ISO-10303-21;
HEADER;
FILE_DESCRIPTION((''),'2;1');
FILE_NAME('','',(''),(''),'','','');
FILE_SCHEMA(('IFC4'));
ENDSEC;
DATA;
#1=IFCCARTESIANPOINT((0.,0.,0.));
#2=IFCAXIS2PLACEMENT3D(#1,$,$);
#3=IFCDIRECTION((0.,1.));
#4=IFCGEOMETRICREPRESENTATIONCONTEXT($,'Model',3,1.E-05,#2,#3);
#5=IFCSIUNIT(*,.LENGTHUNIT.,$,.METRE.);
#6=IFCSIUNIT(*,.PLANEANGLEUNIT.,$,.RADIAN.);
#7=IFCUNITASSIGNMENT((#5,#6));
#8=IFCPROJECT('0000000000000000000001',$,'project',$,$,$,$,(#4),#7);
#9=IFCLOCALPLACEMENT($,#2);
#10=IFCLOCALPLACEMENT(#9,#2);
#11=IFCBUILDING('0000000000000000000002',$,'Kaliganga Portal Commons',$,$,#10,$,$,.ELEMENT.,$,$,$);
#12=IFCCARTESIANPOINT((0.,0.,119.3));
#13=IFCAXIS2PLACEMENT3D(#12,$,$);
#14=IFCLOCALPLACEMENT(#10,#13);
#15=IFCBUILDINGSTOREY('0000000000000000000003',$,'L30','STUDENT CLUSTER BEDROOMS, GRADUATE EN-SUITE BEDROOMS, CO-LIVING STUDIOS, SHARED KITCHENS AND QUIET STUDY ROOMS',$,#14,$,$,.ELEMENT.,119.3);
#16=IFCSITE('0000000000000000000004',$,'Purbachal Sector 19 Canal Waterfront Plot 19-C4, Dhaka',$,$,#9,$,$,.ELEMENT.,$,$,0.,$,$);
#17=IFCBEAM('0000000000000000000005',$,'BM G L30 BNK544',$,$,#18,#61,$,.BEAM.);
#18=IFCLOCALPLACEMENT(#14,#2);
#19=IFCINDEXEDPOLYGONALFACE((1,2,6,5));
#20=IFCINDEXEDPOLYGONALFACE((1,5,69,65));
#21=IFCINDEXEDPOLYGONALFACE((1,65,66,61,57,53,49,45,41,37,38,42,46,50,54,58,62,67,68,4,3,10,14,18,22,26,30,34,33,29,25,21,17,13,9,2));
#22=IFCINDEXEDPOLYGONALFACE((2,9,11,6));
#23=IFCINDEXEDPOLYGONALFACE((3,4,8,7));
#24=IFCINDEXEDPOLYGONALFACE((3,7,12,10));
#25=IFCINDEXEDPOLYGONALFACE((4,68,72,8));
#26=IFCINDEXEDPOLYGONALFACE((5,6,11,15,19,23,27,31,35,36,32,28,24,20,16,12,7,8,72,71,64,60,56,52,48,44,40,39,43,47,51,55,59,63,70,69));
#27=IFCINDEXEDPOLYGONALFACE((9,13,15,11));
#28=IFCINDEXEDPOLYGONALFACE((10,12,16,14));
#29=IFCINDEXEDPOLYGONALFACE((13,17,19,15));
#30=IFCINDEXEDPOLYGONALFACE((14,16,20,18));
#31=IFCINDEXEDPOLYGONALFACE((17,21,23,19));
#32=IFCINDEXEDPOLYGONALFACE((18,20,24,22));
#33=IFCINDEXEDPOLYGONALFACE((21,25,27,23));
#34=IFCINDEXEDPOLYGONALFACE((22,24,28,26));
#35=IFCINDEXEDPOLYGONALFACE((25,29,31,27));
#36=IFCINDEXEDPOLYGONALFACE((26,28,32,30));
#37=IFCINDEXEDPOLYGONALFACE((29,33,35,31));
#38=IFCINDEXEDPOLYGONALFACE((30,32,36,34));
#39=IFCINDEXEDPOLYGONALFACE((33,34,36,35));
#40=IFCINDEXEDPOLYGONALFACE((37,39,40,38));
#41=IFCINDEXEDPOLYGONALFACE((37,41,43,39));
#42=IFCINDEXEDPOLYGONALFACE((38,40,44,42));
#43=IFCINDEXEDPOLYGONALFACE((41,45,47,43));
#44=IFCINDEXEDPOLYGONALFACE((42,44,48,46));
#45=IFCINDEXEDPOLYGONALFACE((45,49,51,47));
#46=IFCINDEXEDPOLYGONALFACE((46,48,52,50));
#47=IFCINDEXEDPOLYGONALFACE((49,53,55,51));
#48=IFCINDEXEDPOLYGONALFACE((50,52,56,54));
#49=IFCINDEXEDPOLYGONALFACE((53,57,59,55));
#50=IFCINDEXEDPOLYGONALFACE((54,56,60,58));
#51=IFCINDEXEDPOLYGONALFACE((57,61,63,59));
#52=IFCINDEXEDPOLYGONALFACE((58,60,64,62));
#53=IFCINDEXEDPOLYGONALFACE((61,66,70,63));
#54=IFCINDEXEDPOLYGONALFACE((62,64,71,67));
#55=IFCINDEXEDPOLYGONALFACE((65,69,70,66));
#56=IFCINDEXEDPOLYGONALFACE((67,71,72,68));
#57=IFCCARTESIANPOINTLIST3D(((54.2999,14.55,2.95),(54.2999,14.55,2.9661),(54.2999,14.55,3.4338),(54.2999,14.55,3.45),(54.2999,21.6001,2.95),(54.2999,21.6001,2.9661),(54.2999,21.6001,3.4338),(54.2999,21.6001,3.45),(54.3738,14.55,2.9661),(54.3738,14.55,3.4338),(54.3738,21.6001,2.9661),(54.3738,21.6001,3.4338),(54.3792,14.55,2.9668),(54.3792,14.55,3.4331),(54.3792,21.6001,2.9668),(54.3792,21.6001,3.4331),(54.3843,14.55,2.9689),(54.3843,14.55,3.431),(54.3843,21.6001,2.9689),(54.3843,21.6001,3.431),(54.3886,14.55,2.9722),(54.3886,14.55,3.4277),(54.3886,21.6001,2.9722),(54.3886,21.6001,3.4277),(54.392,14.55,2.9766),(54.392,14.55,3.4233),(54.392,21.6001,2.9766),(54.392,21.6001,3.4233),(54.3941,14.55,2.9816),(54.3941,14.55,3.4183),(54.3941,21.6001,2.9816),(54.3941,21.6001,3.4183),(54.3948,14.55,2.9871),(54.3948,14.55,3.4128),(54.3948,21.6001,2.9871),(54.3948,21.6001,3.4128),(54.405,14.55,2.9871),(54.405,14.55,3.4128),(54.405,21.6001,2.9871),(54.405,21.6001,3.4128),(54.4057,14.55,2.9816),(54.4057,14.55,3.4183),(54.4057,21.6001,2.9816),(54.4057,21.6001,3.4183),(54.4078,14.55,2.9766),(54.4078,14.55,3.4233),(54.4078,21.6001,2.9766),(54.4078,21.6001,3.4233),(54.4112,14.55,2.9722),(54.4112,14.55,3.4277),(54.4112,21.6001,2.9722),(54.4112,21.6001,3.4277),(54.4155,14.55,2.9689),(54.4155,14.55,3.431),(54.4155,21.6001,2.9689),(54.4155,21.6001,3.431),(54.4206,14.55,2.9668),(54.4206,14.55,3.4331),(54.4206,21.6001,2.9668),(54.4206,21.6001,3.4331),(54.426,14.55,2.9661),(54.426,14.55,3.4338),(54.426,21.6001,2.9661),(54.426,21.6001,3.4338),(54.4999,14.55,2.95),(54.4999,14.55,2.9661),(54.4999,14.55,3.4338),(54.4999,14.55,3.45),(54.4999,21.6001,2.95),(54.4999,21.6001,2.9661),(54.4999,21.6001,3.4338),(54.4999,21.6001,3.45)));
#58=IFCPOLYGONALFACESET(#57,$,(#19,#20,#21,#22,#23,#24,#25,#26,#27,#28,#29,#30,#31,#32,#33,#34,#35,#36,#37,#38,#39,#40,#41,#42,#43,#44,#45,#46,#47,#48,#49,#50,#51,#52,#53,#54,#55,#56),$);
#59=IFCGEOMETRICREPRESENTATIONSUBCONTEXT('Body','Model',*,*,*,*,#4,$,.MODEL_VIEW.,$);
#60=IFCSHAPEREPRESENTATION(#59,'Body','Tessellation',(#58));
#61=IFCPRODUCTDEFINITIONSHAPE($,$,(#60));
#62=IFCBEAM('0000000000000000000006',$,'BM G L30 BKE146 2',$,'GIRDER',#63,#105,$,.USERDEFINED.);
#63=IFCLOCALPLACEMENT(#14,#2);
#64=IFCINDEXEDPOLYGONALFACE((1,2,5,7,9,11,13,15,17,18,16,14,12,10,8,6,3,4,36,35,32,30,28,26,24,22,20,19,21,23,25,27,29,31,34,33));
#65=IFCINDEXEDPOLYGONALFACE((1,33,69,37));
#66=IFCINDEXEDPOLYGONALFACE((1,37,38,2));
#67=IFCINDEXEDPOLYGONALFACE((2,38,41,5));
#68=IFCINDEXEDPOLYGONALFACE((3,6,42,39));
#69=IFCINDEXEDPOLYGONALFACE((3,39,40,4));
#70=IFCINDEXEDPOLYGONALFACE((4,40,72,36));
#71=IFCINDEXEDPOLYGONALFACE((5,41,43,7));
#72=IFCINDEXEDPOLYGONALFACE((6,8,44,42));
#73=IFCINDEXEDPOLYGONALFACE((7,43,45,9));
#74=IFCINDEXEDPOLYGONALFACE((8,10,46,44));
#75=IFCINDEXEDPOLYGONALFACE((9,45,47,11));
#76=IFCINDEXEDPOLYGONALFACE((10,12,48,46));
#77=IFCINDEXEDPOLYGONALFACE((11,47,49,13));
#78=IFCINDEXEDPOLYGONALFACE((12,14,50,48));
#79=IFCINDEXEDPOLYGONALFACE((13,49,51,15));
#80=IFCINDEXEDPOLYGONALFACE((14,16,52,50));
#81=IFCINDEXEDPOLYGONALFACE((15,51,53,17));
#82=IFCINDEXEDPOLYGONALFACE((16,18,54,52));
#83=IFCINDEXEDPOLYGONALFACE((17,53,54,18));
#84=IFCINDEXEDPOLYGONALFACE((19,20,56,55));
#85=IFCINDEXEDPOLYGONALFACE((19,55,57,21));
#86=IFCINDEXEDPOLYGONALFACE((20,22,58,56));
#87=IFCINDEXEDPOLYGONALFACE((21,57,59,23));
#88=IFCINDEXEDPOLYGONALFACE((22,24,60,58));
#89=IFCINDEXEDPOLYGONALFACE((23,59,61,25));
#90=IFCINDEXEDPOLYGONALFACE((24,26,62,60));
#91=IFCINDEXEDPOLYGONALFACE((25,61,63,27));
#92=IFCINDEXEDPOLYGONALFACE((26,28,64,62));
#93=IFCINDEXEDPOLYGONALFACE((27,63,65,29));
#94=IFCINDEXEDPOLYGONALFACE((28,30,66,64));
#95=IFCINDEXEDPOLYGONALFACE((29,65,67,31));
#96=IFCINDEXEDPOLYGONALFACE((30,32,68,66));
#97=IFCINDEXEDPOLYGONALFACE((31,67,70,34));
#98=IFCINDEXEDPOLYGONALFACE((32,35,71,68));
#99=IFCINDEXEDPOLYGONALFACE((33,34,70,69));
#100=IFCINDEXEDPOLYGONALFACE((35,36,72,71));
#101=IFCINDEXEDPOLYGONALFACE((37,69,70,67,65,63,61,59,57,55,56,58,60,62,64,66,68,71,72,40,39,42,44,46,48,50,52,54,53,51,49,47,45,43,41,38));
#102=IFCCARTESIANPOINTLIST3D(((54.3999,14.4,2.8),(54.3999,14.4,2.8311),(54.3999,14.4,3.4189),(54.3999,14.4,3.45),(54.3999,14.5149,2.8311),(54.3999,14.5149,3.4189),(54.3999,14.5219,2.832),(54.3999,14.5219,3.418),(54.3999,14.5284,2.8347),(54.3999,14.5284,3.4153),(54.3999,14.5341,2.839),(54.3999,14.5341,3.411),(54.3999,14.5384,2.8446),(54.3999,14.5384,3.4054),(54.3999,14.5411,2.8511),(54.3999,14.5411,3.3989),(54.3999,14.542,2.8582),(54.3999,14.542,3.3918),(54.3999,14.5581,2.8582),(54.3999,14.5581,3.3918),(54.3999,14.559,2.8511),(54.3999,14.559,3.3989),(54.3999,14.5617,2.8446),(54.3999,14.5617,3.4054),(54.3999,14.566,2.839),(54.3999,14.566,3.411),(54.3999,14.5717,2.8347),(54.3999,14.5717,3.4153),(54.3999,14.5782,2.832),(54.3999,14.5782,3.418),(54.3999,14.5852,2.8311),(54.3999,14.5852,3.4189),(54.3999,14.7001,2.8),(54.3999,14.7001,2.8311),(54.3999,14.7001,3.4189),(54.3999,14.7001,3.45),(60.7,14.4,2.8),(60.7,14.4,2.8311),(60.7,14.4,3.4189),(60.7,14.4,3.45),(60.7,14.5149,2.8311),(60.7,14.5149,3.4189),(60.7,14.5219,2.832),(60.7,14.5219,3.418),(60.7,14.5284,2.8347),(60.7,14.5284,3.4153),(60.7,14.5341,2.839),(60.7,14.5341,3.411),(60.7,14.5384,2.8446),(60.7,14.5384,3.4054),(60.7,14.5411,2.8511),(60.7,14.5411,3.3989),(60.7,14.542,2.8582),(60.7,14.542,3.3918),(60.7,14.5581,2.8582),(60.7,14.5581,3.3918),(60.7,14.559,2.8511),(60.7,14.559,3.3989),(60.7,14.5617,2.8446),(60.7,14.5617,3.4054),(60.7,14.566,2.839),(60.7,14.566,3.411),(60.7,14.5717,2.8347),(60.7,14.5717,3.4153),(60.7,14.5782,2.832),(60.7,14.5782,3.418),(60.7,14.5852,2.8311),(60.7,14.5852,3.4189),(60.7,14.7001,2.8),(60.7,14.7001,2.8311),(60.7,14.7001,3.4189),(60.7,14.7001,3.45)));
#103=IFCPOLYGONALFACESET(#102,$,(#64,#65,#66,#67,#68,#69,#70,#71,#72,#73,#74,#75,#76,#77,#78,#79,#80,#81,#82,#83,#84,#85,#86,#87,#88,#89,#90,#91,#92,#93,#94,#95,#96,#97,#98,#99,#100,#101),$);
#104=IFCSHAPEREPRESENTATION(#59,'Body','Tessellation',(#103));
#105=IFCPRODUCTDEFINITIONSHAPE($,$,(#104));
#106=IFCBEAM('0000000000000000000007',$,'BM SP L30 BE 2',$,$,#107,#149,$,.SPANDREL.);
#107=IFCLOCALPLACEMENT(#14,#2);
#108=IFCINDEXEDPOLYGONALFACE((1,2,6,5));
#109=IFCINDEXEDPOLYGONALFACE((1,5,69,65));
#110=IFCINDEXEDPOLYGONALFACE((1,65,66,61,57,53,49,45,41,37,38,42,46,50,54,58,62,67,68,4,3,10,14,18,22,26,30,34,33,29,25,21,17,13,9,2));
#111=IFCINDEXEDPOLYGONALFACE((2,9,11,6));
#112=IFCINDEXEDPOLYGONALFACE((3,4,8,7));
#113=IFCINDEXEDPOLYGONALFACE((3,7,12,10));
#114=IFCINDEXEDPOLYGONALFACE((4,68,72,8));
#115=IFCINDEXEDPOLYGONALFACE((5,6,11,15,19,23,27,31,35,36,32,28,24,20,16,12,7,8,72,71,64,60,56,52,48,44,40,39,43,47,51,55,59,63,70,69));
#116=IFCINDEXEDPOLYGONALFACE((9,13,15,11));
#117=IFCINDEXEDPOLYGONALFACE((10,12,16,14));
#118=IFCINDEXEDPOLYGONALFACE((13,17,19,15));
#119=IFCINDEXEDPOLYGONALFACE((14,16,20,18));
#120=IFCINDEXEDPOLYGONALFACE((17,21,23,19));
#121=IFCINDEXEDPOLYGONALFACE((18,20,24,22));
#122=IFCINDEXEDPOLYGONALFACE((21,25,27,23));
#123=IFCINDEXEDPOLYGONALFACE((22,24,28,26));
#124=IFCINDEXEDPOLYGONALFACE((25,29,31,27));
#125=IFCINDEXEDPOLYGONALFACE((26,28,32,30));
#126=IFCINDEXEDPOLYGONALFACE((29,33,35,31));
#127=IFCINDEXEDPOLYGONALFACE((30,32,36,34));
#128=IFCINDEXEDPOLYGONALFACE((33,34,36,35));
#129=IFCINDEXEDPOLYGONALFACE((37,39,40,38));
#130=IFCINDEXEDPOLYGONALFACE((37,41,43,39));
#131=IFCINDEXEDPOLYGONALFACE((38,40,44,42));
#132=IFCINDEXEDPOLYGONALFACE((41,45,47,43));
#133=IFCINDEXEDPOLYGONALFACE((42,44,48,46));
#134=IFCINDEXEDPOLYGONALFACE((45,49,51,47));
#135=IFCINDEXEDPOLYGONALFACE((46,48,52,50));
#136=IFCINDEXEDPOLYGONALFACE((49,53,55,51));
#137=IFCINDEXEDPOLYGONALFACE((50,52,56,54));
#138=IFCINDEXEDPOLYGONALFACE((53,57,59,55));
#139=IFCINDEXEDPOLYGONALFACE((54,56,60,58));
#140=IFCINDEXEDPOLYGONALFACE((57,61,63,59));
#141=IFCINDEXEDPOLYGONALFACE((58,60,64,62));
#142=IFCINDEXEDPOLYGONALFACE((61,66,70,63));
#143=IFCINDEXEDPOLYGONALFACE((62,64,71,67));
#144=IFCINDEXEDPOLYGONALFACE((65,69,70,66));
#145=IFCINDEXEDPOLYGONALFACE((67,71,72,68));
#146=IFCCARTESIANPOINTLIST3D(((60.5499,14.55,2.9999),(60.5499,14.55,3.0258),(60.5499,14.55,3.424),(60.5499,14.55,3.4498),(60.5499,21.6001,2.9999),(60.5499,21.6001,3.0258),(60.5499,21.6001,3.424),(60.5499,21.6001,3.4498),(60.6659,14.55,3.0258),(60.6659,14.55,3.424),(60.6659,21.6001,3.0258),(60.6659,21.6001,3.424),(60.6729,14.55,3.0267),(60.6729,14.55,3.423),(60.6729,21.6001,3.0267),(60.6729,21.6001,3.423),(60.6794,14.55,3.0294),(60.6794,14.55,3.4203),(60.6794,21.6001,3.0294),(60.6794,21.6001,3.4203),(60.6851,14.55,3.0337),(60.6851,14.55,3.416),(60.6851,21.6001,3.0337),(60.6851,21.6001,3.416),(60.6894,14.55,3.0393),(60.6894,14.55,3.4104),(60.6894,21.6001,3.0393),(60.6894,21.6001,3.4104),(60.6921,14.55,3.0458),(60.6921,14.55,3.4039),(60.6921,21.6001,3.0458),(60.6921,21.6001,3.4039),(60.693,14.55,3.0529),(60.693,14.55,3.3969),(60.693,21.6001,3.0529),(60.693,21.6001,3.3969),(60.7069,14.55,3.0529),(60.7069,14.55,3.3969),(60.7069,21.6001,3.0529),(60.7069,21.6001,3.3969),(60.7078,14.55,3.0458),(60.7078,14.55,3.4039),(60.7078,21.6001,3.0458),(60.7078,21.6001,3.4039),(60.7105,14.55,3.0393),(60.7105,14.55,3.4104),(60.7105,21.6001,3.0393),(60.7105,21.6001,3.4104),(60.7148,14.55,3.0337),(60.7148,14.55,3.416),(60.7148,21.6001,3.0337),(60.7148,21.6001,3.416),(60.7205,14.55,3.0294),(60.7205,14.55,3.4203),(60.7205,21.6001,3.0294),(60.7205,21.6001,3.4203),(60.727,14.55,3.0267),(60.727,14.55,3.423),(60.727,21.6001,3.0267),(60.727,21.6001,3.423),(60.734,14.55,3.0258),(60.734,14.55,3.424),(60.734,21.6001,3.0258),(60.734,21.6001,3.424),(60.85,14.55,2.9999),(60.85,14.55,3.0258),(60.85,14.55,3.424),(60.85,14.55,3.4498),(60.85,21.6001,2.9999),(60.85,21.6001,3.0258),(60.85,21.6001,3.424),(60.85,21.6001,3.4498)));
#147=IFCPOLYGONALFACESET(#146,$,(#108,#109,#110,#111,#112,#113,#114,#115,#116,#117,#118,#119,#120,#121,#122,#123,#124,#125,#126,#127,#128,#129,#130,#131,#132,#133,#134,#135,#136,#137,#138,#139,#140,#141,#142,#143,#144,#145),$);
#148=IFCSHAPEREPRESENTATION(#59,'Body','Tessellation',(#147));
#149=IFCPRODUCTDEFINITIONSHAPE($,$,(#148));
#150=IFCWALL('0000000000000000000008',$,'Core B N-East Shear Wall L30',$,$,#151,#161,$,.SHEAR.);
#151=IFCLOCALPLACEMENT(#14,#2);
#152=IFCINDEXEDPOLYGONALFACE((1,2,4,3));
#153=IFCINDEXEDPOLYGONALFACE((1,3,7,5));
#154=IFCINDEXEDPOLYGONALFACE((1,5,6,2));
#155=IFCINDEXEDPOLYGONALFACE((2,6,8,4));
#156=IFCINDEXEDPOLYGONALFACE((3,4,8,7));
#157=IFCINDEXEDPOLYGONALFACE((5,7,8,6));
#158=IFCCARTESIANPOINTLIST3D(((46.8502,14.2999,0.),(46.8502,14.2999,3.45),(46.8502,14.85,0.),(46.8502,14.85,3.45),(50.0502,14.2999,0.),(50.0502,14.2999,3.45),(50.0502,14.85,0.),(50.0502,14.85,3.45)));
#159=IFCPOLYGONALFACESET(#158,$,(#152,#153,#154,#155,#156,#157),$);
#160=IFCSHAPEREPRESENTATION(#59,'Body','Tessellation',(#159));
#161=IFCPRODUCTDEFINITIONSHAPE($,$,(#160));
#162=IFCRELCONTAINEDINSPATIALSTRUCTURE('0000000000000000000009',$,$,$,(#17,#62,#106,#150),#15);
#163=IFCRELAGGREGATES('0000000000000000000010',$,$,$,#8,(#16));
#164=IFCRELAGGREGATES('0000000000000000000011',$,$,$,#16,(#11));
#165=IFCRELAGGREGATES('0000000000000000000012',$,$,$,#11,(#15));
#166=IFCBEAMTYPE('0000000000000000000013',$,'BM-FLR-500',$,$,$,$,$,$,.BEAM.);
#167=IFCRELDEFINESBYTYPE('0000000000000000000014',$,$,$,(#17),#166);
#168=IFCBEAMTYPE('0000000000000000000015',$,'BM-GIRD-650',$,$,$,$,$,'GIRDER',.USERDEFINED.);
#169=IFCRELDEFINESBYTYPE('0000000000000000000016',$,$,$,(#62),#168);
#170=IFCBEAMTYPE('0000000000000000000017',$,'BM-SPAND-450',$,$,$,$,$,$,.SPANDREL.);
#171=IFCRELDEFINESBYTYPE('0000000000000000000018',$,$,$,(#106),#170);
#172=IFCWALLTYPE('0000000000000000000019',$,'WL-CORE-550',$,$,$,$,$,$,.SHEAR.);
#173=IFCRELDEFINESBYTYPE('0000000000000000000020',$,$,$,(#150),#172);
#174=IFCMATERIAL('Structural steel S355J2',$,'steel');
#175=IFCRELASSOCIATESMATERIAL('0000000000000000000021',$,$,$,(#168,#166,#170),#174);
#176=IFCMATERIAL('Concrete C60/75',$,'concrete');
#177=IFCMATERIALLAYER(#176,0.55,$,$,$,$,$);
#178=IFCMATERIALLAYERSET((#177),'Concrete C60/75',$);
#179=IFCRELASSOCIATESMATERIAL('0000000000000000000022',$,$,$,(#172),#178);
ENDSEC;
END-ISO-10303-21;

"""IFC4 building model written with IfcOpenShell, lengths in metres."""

from ifc_helpers import new_model, si_unit, direction, frame, frame_2d, origin, origin_2d, place, context, subcontext, project, spatial, rectangle, i_section, extrude, source, transform, mapped, material, layer, layer_set, material_profile, profile_set, type_object, element, save


model = new_model("IFC4")

# Units and contexts
model_context = context("Model", 3, precision=1e-05, world=origin(), true_north=direction((0.0, 1.0)))
body_context = subcontext(model_context, "Body", "Model", "MODEL_VIEW")
ifc_project = project(units=[si_unit("LENGTHUNIT", "METRE"), si_unit("PLANEANGLEUNIT", "RADIAN")], contexts=[model_context])

# Site, building, storey
site_placement = place(None, origin())
site = spatial("IfcSite", under=ifc_project, at=site_placement, Name="Purbachal Sector 19 Canal Waterfront Plot 19-C4, Dhaka", CompositionType="ELEMENT", RefElevation=0.0)
building_placement = place(site_placement, origin())
building = spatial("IfcBuilding", under=site, at=building_placement, Name="Kaliganga Portal Commons", CompositionType="ELEMENT")
storey_placement = place(building_placement, frame((0.0, 0.0, 119.3)))
storey = spatial("IfcBuildingStorey", under=building, at=storey_placement, Name="L30", Description="STUDENT CLUSTER BEDROOMS, GRADUATE EN-SUITE BEDROOMS, CO-LIVING STUDIOS, SHARED KITCHENS AND QUIET STUDY ROOMS", CompositionType="ELEMENT", Elevation=119.3)

# Shared definitions
ifc_material_1 = material(Name="Concrete C60/75", Category="concrete")

# Beams
ifc_material_2 = material(Name="Structural steel S355J2", Category="steel")
ifc_material_profile_1 = material_profile(ifc_material_2, i_section(OverallWidth=0.3, OverallDepth=0.6499, WebThickness=0.0161, FlangeThickness=0.031, FilletRadius=0.0271, at=origin_2d()), Name="HE 650 B")
ifc_profile_set_1 = profile_set([ifc_material_profile_1], Name="Structural steel S355J2 wide-flange")
beam_type_1 = type_object("IfcBeamType", Name="BM-GIRD-650", ElementType="GIRDER", PredefinedType="USERDEFINED", material=ifc_profile_set_1)
ifc_material_profile_2 = material_profile(ifc_material_2, i_section(OverallWidth=0.2, OverallDepth=0.5, WebThickness=0.0103, FlangeThickness=0.0161, FilletRadius=0.021, at=origin_2d()), Name="IPE 500")
ifc_profile_set_2 = profile_set([ifc_material_profile_2], Name="Structural steel S355J2 wide-flange")
beam_type_2 = type_object("IfcBeamType", Name="BM-FLR-500", PredefinedType="BEAM", material=ifc_profile_set_2)
shared_shape_1 = source(origin(), body_context, "Body", "SweptSolid", [
    extrude(i_section(OverallWidth=0.2, OverallDepth=0.5, WebThickness=0.0103, FlangeThickness=0.0161, FilletRadius=0.021, at=origin_2d()), origin(), (0.0, 0.0, 1.0), 7.05),
])
for number, where, z_axis, x_axis, name in (
    (1, (54.3999, 14.55, 3.2), (0.0, 1.0, 0.0), (-1.0, 0.0, 0.0), "BM G L30 BNK544"),
):
    element("IfcBeam", number, at=place(storey_placement, frame(where, z_axis=z_axis, x_axis=x_axis)), inside=storey, type_object=beam_type_2, Name=name, PredefinedType="BEAM", context=body_context, shape_type="MappedRepresentation", body=[
        mapped(shared_shape_1, transform((0.0, 0.0, 0.0), x_axis=(1.0, 0.0, 0.0), y_axis=(0.0, 1.0, 0.0), z_axis=(0.0, 0.0, 1.0), scale=1.0)),
    ])
shared_shape_2 = source(origin(), body_context, "Body", "SweptSolid", [
    extrude(i_section(OverallWidth=0.3, OverallDepth=0.6499, WebThickness=0.0161, FlangeThickness=0.031, FilletRadius=0.0271, at=origin_2d()), origin(), (0.0, 0.0, 1.0), 6.3),
])
beam_1_placement = place(storey_placement, frame((54.3999, 14.55, 3.125), z_axis=(1.0, 0.0, 0.0), x_axis=(0.0, 1.0, 0.0)))
element("IfcBeam", 2, at=beam_1_placement, inside=storey, type_object=beam_type_1, Name="BM G L30 BKE146 2", ObjectType="GIRDER", PredefinedType="USERDEFINED", context=body_context, shape_type="MappedRepresentation", body=[
    mapped(shared_shape_2, transform((0.0, 0.0, 0.0), x_axis=(1.0, 0.0, 0.0), y_axis=(0.0, 1.0, 0.0), z_axis=(0.0, 0.0, 1.0), scale=1.0)),
])
ifc_material_profile_3 = material_profile(ifc_material_2, i_section(OverallWidth=0.3, OverallDepth=0.45, WebThickness=0.0139, FlangeThickness=0.0259, FilletRadius=0.0271, at=origin_2d()), Name="HE 450 B")
ifc_profile_set_3 = profile_set([ifc_material_profile_3], Name="Structural steel S355J2 wide-flange")
beam_type_3 = type_object("IfcBeamType", Name="BM-SPAND-450", PredefinedType="SPANDREL", material=ifc_profile_set_3)
shared_shape_3 = source(origin(), body_context, "Body", "SweptSolid", [
    extrude(i_section(OverallWidth=0.3, OverallDepth=0.45, WebThickness=0.0139, FlangeThickness=0.0259, FilletRadius=0.0271, at=origin_2d()), origin(), (0.0, 0.0, 1.0), 7.05),
])
beam_2_placement = place(storey_placement, frame((60.7, 14.55, 3.2249), z_axis=(0.0, 1.0, 0.0), x_axis=(-1.0, 0.0, 0.0)))
element("IfcBeam", 3, at=beam_2_placement, inside=storey, type_object=beam_type_3, Name="BM SP L30 BE 2", PredefinedType="SPANDREL", context=body_context, shape_type="MappedRepresentation", body=[
    mapped(shared_shape_3, transform((0.0, 0.0, 0.0), x_axis=(1.0, 0.0, 0.0), y_axis=(0.0, 1.0, 0.0), z_axis=(0.0, 0.0, 1.0), scale=1.0)),
])

# Wall
ifc_layer_1 = layer(ifc_material_1, 0.55)
ifc_layer_set_1 = layer_set([ifc_layer_1], Name="Concrete C60/75")
wall_type_1 = type_object("IfcWallType", Name="WL-CORE-550", PredefinedType="SHEAR", material=ifc_layer_set_1)
wall_1_placement = place(storey_placement, frame((46.8501, 14.575, 0.0), z_axis=(0.0, 0.0, 1.0), x_axis=(1.0, 0.0, 0.0)))
element("IfcWall", 4, at=wall_1_placement, inside=storey, type_object=wall_type_1, Name="Core B N-East Shear Wall L30", PredefinedType="SHEAR", context=body_context, shape_type="SweptSolid", body=[
    extrude(rectangle(XDim=3.2, YDim=0.55, at=frame_2d((1.6001, 0.0))), origin(), (0.0, 0.0, 1.0), 3.45),
])

save(model, "model.ifc")
